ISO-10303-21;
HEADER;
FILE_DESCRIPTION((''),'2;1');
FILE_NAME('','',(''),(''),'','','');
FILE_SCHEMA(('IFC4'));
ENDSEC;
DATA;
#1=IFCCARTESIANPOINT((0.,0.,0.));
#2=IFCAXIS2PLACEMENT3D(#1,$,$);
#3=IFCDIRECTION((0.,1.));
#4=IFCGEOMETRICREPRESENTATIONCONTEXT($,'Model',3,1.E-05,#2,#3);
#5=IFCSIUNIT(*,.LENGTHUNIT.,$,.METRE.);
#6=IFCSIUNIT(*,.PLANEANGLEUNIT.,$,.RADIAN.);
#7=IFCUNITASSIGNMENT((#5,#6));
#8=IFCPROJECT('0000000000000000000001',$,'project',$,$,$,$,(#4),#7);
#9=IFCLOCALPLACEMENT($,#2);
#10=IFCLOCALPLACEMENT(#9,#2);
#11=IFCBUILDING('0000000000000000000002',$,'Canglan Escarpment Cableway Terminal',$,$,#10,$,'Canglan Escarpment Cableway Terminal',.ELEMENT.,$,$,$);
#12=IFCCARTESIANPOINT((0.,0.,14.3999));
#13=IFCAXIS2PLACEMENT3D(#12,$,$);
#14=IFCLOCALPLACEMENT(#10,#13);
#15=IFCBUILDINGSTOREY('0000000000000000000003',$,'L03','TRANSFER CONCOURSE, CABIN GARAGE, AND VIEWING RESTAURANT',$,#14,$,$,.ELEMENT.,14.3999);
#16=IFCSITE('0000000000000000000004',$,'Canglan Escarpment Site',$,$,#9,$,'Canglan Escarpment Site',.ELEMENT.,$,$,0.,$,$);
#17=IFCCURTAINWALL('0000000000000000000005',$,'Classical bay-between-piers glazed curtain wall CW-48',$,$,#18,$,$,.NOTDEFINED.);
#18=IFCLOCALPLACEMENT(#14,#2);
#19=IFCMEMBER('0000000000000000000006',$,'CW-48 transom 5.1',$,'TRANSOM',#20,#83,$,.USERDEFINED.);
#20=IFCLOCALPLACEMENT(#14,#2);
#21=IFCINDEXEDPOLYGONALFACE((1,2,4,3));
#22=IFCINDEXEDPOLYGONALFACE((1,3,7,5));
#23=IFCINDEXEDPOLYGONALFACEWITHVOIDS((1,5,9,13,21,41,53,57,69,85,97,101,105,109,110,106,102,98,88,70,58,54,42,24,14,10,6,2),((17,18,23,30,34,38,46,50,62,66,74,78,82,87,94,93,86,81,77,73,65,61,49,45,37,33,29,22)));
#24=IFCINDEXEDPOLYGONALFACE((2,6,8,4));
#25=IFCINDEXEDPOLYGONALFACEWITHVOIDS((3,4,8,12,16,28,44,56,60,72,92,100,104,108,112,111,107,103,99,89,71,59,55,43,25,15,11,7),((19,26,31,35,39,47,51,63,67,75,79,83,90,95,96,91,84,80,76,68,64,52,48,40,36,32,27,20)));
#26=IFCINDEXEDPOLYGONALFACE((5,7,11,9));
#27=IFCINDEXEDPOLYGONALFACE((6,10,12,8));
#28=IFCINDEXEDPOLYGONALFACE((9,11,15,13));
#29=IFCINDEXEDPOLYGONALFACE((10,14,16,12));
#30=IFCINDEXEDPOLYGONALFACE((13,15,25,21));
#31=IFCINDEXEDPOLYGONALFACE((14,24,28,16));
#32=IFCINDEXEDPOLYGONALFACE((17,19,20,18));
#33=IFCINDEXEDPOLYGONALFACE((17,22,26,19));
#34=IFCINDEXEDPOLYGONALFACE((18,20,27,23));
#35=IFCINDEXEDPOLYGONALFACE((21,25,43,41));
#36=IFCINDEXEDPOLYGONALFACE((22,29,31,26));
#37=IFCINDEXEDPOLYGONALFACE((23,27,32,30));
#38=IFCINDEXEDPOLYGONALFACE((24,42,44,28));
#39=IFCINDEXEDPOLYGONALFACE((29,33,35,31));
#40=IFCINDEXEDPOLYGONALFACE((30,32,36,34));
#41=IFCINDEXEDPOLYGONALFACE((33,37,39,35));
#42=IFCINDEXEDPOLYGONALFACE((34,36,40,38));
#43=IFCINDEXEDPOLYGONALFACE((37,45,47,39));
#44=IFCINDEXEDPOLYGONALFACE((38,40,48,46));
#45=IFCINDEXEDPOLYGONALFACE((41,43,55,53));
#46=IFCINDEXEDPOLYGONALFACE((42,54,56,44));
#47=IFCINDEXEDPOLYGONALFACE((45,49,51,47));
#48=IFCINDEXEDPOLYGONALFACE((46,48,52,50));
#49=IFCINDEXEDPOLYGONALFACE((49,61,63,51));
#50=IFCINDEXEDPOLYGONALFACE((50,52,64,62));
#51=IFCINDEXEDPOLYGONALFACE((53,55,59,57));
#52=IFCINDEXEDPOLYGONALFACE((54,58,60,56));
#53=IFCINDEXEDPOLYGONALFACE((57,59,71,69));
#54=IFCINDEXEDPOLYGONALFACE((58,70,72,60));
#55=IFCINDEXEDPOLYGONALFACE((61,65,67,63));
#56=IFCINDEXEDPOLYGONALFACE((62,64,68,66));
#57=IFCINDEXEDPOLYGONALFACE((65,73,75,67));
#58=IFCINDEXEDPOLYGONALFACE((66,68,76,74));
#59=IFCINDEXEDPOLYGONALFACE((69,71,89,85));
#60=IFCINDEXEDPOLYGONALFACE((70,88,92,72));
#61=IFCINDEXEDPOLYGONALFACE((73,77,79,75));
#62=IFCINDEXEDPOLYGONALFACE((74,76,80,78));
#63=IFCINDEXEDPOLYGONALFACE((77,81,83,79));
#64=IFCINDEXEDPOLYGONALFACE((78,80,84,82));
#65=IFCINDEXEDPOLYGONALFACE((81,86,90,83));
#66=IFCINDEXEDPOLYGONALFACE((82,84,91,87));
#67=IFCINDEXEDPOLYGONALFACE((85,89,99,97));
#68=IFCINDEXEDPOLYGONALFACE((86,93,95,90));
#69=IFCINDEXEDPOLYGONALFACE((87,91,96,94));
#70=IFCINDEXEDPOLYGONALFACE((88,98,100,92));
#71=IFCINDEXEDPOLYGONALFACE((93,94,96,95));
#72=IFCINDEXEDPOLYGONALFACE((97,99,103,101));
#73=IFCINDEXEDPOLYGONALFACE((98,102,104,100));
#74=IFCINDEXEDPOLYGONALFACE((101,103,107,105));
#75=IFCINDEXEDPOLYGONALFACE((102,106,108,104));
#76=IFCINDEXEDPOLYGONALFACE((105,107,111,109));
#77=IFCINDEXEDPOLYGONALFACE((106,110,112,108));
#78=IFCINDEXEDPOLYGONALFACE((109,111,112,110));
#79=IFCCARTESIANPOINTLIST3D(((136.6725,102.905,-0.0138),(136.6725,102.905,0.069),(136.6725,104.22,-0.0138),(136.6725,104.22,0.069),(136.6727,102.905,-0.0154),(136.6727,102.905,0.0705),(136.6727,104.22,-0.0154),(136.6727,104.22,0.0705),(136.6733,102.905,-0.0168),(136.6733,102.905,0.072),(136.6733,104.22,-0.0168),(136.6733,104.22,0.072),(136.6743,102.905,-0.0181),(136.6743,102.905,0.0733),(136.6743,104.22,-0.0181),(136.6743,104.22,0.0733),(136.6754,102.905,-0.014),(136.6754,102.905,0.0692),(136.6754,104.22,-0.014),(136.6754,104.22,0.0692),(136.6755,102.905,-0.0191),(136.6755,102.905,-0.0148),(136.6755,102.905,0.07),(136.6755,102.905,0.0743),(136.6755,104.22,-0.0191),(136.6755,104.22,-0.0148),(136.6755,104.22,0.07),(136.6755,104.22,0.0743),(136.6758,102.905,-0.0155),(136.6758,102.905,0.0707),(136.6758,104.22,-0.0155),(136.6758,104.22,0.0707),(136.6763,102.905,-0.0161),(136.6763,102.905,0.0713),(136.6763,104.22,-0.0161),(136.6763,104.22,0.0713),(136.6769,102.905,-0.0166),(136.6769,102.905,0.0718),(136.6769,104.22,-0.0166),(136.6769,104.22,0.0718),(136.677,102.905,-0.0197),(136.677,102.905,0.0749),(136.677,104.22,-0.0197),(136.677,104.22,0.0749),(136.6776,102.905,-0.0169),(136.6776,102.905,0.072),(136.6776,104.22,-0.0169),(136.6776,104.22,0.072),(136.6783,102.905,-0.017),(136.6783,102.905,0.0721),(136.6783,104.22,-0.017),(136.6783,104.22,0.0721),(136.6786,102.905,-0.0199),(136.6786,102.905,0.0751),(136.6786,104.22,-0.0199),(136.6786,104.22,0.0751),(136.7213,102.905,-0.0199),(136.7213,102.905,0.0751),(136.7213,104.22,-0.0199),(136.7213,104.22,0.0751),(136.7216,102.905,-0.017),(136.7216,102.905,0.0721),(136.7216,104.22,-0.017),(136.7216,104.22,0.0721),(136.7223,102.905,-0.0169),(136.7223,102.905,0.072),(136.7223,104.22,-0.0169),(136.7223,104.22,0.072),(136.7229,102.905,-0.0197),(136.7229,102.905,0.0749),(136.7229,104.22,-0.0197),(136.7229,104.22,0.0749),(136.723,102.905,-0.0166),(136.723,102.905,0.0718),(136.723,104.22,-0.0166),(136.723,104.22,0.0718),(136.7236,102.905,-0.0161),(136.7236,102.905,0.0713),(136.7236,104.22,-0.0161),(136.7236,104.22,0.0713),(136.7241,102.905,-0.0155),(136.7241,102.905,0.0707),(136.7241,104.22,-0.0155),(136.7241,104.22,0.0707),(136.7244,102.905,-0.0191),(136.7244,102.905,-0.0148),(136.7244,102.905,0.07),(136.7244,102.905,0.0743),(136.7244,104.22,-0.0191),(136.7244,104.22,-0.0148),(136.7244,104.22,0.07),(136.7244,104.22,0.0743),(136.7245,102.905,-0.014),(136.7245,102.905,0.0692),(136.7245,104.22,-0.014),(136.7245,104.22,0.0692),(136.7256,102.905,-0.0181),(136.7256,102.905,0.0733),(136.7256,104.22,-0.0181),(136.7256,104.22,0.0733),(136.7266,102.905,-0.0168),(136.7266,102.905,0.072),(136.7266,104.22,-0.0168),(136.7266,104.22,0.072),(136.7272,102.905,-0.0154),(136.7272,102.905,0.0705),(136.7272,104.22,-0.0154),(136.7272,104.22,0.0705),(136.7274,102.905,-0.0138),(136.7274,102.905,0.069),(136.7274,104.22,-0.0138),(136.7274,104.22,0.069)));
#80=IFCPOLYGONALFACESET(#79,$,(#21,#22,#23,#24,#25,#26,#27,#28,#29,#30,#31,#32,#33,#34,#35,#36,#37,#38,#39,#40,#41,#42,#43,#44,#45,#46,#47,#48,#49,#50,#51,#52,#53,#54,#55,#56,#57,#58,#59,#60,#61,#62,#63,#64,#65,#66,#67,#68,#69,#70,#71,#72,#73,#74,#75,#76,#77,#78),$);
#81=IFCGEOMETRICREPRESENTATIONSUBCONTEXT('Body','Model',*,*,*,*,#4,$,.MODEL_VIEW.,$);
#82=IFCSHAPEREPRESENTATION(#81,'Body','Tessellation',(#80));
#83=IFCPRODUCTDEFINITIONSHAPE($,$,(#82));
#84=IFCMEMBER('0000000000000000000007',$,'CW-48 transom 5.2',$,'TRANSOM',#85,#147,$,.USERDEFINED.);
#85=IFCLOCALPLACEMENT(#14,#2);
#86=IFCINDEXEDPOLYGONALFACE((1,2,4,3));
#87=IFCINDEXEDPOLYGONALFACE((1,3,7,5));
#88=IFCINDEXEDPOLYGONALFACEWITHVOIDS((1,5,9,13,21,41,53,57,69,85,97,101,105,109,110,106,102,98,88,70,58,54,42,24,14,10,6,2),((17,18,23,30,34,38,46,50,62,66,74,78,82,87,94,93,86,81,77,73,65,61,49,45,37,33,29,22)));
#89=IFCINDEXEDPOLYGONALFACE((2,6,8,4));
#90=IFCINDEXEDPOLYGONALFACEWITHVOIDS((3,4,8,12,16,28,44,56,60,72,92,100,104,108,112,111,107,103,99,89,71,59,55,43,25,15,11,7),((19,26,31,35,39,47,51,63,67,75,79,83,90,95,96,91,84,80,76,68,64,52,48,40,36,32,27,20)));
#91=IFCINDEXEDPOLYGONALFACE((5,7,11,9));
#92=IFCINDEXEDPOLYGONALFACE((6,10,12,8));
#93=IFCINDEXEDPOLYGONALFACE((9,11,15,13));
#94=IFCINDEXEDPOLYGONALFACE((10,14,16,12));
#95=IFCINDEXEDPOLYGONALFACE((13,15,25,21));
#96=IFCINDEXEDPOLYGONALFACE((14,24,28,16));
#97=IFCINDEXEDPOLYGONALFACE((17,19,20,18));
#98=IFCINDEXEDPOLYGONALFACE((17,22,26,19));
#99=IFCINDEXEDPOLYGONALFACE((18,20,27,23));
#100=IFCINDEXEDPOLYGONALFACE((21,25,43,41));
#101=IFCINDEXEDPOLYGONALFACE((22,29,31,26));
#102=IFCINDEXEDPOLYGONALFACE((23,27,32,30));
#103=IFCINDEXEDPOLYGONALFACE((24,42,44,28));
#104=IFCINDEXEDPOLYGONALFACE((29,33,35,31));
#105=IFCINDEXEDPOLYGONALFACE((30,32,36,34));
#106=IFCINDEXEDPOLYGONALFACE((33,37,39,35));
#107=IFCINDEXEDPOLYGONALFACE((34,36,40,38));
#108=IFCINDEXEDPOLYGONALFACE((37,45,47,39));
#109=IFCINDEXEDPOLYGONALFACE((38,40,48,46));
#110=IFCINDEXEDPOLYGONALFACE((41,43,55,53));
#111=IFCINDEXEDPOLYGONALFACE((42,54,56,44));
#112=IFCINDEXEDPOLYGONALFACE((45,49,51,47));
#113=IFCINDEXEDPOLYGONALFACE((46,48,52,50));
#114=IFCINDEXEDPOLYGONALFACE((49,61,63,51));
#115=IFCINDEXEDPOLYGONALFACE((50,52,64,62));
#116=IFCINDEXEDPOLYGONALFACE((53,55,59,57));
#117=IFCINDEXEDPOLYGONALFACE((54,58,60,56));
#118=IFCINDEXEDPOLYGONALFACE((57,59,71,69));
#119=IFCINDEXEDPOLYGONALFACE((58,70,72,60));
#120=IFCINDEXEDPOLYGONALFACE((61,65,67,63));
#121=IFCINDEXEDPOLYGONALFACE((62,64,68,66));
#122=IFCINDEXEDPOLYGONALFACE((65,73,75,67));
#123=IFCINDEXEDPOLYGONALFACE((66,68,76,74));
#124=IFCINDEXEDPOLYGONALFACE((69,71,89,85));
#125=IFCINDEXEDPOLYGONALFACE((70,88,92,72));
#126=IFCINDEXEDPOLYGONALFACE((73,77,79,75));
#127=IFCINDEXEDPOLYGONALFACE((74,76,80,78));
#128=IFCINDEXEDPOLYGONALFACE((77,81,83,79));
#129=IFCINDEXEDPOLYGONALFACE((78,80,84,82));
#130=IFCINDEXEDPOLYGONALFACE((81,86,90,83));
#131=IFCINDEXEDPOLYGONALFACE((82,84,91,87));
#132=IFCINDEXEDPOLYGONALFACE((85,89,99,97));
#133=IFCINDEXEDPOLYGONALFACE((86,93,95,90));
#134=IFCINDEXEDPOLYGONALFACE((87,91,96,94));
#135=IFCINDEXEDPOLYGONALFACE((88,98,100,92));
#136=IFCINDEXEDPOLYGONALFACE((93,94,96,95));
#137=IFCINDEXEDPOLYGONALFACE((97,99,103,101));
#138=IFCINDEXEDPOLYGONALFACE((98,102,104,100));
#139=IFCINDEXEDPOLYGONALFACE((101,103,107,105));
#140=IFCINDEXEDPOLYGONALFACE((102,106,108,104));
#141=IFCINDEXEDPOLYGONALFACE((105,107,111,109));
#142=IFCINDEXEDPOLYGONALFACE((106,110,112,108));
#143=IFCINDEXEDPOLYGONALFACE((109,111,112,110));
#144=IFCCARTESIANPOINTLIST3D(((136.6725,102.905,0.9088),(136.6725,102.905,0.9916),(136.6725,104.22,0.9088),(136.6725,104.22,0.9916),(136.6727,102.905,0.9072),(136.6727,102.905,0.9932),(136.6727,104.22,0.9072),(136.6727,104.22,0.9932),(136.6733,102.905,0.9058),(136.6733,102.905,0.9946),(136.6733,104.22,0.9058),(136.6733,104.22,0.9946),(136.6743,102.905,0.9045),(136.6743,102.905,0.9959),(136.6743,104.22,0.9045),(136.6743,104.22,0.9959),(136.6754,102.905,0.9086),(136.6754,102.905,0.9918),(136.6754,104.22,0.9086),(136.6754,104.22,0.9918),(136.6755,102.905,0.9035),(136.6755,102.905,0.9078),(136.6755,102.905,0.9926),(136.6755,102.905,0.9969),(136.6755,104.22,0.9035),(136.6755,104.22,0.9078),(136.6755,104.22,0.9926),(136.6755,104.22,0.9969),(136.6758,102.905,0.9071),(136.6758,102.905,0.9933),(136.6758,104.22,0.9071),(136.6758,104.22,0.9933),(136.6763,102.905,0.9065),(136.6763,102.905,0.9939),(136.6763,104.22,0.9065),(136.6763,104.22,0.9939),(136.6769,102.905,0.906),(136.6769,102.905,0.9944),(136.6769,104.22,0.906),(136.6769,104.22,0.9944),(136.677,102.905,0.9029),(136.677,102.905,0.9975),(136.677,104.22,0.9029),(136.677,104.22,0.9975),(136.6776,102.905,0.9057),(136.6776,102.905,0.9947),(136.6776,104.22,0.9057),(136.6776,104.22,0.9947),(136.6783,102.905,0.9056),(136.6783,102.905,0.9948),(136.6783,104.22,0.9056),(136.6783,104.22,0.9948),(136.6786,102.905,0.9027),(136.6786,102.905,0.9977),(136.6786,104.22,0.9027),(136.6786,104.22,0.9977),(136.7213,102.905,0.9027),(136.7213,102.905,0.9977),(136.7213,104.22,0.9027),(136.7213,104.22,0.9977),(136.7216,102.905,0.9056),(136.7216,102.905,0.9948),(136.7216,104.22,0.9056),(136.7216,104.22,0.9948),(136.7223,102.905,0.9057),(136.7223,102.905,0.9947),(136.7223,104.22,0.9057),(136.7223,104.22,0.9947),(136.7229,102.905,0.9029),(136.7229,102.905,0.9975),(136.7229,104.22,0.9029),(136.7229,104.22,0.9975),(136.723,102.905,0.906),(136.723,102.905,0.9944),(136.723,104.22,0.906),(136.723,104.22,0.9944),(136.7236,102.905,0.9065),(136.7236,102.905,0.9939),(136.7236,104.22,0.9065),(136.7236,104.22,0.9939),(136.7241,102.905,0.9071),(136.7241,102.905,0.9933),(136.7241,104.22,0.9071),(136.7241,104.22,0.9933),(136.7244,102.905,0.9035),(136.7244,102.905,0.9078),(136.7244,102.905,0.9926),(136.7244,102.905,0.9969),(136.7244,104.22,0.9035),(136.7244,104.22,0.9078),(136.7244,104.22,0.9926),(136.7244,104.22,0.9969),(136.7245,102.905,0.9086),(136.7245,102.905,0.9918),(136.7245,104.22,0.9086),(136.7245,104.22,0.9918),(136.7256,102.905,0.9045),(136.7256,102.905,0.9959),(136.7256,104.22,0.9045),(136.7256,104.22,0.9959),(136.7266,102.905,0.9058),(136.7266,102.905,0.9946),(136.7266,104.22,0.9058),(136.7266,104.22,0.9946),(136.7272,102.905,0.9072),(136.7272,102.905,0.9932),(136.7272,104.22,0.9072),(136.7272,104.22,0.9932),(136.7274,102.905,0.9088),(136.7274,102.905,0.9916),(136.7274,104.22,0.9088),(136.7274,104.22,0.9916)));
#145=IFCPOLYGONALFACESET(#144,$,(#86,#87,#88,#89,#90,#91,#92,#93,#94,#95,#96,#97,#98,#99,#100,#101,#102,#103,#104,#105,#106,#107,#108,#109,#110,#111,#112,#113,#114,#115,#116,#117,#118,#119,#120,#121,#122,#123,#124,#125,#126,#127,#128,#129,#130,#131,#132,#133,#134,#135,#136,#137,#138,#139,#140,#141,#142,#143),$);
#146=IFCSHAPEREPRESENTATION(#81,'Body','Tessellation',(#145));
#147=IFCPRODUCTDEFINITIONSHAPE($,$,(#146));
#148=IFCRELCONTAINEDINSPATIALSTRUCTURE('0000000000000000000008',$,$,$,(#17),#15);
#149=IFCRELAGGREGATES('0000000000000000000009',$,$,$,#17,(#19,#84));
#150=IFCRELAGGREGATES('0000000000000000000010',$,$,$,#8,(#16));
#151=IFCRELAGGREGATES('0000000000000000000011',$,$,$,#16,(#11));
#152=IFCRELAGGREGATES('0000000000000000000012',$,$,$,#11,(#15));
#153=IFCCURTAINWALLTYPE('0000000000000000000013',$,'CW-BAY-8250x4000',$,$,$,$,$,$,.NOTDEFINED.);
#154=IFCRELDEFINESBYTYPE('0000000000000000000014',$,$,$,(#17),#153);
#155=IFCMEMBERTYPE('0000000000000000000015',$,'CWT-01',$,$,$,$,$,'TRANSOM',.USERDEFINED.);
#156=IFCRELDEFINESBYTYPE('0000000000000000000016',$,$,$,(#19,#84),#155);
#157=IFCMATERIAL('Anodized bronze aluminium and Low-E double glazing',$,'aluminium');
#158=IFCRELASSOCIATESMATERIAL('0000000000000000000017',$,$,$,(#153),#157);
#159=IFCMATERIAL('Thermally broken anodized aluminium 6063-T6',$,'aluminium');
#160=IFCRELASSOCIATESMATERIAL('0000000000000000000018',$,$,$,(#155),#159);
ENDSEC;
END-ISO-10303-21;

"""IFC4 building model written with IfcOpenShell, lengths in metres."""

from ifc_helpers import new_model, si_unit, direction, frame, origin, origin_2d, place, context, subcontext, project, spatial, hollow_rectangle, extrude, material, material_profile, profile_set, type_object, element, aggregate, save


model = new_model("IFC4")

# Units and contexts
model_context = context("Model", 3, precision=1e-05, world=origin(), true_north=direction((0.0, 1.0)))
body_context = subcontext(model_context, "Body", "Model", "MODEL_VIEW")
ifc_project = project(units=[si_unit("LENGTHUNIT", "METRE"), si_unit("PLANEANGLEUNIT", "RADIAN")], contexts=[model_context])

# Site, building, storey
site_placement = place(None, origin())
site = spatial("IfcSite", under=ifc_project, at=site_placement, Name="Canglan Escarpment Site", LongName="Canglan Escarpment Site", CompositionType="ELEMENT", RefElevation=0.0)
building_placement = place(site_placement, origin())
building = spatial("IfcBuilding", under=site, at=building_placement, Name="Canglan Escarpment Cableway Terminal", LongName="Canglan Escarpment Cableway Terminal", CompositionType="ELEMENT")
storey_placement = place(building_placement, frame((0.0, 0.0, 14.3999)))
storey = spatial("IfcBuildingStorey", under=building, at=storey_placement, Name="L03", Description="TRANSFER CONCOURSE, CABIN GARAGE, AND VIEWING RESTAURANT", CompositionType="ELEMENT", Elevation=14.3999)

# Curtain wall, members
ifc_material_1 = material(Name="Anodized bronze aluminium and Low-E double glazing", Category="aluminium")
curtain_wall_type = type_object("IfcCurtainWallType", Name="CW-BAY-8250x4000", PredefinedType="NOTDEFINED", material=ifc_material_1)
curtain_wall_placement = place(storey_placement, origin())
curtain_wall = element("IfcCurtainWall", 1, at=curtain_wall_placement, inside=storey, type_object=curtain_wall_type, Name="Classical bay-between-piers glazed curtain wall CW-48", PredefinedType="NOTDEFINED")
ifc_material_2 = material(Name="Thermally broken anodized aluminium 6063-T6", Category="aluminium")
ifc_material_profile_1 = material_profile(ifc_material_2, hollow_rectangle(XDim=0.0549, YDim=0.095, WallThickness=0.0029, InnerFilletRadius=0.0029, OuterFilletRadius=0.0061, at=origin_2d()), Name="ALU-TRAN 55x95x3")
ifc_profile_set_1 = profile_set([ifc_material_profile_1], Name="Thermally broken anodized aluminium 6063-T6")
member_type_1 = type_object("IfcMemberType", Name="CWT-01", ElementType="TRANSOM", PredefinedType="USERDEFINED", material=ifc_profile_set_1)
member_1_placement = place(storey_placement, frame((136.7, 102.905, 0.0276), z_axis=(0.0, 1.0, 0.0), x_axis=(-1.0, 0.0, 0.0)))
member_1 = element("IfcMember", 2, at=member_1_placement, type_object=member_type_1, Name="CW-48 transom 5.1", ObjectType="TRANSOM", PredefinedType="USERDEFINED", context=body_context, shape_type="SweptSolid", body=[
    extrude(hollow_rectangle(XDim=0.0549, YDim=0.095, WallThickness=0.0029, InnerFilletRadius=0.0029, OuterFilletRadius=0.0061, at=origin_2d()), origin(), (0.0, 0.0, 1.0), 1.3149),
])
member_2_placement = place(storey_placement, frame((136.7, 102.905, 0.9502), z_axis=(0.0, 1.0, 0.0), x_axis=(-1.0, 0.0, 0.0)))
member_2 = element("IfcMember", 3, at=member_2_placement, type_object=member_type_1, Name="CW-48 transom 5.2", ObjectType="TRANSOM", PredefinedType="USERDEFINED", context=body_context, shape_type="SweptSolid", body=[
    extrude(hollow_rectangle(XDim=0.0549, YDim=0.095, WallThickness=0.0029, InnerFilletRadius=0.0029, OuterFilletRadius=0.0061, at=origin_2d()), origin(), (0.0, 0.0, 1.0), 1.3149),
])
aggregate(curtain_wall, [member_1, member_2])

save(model, "model.ifc")
